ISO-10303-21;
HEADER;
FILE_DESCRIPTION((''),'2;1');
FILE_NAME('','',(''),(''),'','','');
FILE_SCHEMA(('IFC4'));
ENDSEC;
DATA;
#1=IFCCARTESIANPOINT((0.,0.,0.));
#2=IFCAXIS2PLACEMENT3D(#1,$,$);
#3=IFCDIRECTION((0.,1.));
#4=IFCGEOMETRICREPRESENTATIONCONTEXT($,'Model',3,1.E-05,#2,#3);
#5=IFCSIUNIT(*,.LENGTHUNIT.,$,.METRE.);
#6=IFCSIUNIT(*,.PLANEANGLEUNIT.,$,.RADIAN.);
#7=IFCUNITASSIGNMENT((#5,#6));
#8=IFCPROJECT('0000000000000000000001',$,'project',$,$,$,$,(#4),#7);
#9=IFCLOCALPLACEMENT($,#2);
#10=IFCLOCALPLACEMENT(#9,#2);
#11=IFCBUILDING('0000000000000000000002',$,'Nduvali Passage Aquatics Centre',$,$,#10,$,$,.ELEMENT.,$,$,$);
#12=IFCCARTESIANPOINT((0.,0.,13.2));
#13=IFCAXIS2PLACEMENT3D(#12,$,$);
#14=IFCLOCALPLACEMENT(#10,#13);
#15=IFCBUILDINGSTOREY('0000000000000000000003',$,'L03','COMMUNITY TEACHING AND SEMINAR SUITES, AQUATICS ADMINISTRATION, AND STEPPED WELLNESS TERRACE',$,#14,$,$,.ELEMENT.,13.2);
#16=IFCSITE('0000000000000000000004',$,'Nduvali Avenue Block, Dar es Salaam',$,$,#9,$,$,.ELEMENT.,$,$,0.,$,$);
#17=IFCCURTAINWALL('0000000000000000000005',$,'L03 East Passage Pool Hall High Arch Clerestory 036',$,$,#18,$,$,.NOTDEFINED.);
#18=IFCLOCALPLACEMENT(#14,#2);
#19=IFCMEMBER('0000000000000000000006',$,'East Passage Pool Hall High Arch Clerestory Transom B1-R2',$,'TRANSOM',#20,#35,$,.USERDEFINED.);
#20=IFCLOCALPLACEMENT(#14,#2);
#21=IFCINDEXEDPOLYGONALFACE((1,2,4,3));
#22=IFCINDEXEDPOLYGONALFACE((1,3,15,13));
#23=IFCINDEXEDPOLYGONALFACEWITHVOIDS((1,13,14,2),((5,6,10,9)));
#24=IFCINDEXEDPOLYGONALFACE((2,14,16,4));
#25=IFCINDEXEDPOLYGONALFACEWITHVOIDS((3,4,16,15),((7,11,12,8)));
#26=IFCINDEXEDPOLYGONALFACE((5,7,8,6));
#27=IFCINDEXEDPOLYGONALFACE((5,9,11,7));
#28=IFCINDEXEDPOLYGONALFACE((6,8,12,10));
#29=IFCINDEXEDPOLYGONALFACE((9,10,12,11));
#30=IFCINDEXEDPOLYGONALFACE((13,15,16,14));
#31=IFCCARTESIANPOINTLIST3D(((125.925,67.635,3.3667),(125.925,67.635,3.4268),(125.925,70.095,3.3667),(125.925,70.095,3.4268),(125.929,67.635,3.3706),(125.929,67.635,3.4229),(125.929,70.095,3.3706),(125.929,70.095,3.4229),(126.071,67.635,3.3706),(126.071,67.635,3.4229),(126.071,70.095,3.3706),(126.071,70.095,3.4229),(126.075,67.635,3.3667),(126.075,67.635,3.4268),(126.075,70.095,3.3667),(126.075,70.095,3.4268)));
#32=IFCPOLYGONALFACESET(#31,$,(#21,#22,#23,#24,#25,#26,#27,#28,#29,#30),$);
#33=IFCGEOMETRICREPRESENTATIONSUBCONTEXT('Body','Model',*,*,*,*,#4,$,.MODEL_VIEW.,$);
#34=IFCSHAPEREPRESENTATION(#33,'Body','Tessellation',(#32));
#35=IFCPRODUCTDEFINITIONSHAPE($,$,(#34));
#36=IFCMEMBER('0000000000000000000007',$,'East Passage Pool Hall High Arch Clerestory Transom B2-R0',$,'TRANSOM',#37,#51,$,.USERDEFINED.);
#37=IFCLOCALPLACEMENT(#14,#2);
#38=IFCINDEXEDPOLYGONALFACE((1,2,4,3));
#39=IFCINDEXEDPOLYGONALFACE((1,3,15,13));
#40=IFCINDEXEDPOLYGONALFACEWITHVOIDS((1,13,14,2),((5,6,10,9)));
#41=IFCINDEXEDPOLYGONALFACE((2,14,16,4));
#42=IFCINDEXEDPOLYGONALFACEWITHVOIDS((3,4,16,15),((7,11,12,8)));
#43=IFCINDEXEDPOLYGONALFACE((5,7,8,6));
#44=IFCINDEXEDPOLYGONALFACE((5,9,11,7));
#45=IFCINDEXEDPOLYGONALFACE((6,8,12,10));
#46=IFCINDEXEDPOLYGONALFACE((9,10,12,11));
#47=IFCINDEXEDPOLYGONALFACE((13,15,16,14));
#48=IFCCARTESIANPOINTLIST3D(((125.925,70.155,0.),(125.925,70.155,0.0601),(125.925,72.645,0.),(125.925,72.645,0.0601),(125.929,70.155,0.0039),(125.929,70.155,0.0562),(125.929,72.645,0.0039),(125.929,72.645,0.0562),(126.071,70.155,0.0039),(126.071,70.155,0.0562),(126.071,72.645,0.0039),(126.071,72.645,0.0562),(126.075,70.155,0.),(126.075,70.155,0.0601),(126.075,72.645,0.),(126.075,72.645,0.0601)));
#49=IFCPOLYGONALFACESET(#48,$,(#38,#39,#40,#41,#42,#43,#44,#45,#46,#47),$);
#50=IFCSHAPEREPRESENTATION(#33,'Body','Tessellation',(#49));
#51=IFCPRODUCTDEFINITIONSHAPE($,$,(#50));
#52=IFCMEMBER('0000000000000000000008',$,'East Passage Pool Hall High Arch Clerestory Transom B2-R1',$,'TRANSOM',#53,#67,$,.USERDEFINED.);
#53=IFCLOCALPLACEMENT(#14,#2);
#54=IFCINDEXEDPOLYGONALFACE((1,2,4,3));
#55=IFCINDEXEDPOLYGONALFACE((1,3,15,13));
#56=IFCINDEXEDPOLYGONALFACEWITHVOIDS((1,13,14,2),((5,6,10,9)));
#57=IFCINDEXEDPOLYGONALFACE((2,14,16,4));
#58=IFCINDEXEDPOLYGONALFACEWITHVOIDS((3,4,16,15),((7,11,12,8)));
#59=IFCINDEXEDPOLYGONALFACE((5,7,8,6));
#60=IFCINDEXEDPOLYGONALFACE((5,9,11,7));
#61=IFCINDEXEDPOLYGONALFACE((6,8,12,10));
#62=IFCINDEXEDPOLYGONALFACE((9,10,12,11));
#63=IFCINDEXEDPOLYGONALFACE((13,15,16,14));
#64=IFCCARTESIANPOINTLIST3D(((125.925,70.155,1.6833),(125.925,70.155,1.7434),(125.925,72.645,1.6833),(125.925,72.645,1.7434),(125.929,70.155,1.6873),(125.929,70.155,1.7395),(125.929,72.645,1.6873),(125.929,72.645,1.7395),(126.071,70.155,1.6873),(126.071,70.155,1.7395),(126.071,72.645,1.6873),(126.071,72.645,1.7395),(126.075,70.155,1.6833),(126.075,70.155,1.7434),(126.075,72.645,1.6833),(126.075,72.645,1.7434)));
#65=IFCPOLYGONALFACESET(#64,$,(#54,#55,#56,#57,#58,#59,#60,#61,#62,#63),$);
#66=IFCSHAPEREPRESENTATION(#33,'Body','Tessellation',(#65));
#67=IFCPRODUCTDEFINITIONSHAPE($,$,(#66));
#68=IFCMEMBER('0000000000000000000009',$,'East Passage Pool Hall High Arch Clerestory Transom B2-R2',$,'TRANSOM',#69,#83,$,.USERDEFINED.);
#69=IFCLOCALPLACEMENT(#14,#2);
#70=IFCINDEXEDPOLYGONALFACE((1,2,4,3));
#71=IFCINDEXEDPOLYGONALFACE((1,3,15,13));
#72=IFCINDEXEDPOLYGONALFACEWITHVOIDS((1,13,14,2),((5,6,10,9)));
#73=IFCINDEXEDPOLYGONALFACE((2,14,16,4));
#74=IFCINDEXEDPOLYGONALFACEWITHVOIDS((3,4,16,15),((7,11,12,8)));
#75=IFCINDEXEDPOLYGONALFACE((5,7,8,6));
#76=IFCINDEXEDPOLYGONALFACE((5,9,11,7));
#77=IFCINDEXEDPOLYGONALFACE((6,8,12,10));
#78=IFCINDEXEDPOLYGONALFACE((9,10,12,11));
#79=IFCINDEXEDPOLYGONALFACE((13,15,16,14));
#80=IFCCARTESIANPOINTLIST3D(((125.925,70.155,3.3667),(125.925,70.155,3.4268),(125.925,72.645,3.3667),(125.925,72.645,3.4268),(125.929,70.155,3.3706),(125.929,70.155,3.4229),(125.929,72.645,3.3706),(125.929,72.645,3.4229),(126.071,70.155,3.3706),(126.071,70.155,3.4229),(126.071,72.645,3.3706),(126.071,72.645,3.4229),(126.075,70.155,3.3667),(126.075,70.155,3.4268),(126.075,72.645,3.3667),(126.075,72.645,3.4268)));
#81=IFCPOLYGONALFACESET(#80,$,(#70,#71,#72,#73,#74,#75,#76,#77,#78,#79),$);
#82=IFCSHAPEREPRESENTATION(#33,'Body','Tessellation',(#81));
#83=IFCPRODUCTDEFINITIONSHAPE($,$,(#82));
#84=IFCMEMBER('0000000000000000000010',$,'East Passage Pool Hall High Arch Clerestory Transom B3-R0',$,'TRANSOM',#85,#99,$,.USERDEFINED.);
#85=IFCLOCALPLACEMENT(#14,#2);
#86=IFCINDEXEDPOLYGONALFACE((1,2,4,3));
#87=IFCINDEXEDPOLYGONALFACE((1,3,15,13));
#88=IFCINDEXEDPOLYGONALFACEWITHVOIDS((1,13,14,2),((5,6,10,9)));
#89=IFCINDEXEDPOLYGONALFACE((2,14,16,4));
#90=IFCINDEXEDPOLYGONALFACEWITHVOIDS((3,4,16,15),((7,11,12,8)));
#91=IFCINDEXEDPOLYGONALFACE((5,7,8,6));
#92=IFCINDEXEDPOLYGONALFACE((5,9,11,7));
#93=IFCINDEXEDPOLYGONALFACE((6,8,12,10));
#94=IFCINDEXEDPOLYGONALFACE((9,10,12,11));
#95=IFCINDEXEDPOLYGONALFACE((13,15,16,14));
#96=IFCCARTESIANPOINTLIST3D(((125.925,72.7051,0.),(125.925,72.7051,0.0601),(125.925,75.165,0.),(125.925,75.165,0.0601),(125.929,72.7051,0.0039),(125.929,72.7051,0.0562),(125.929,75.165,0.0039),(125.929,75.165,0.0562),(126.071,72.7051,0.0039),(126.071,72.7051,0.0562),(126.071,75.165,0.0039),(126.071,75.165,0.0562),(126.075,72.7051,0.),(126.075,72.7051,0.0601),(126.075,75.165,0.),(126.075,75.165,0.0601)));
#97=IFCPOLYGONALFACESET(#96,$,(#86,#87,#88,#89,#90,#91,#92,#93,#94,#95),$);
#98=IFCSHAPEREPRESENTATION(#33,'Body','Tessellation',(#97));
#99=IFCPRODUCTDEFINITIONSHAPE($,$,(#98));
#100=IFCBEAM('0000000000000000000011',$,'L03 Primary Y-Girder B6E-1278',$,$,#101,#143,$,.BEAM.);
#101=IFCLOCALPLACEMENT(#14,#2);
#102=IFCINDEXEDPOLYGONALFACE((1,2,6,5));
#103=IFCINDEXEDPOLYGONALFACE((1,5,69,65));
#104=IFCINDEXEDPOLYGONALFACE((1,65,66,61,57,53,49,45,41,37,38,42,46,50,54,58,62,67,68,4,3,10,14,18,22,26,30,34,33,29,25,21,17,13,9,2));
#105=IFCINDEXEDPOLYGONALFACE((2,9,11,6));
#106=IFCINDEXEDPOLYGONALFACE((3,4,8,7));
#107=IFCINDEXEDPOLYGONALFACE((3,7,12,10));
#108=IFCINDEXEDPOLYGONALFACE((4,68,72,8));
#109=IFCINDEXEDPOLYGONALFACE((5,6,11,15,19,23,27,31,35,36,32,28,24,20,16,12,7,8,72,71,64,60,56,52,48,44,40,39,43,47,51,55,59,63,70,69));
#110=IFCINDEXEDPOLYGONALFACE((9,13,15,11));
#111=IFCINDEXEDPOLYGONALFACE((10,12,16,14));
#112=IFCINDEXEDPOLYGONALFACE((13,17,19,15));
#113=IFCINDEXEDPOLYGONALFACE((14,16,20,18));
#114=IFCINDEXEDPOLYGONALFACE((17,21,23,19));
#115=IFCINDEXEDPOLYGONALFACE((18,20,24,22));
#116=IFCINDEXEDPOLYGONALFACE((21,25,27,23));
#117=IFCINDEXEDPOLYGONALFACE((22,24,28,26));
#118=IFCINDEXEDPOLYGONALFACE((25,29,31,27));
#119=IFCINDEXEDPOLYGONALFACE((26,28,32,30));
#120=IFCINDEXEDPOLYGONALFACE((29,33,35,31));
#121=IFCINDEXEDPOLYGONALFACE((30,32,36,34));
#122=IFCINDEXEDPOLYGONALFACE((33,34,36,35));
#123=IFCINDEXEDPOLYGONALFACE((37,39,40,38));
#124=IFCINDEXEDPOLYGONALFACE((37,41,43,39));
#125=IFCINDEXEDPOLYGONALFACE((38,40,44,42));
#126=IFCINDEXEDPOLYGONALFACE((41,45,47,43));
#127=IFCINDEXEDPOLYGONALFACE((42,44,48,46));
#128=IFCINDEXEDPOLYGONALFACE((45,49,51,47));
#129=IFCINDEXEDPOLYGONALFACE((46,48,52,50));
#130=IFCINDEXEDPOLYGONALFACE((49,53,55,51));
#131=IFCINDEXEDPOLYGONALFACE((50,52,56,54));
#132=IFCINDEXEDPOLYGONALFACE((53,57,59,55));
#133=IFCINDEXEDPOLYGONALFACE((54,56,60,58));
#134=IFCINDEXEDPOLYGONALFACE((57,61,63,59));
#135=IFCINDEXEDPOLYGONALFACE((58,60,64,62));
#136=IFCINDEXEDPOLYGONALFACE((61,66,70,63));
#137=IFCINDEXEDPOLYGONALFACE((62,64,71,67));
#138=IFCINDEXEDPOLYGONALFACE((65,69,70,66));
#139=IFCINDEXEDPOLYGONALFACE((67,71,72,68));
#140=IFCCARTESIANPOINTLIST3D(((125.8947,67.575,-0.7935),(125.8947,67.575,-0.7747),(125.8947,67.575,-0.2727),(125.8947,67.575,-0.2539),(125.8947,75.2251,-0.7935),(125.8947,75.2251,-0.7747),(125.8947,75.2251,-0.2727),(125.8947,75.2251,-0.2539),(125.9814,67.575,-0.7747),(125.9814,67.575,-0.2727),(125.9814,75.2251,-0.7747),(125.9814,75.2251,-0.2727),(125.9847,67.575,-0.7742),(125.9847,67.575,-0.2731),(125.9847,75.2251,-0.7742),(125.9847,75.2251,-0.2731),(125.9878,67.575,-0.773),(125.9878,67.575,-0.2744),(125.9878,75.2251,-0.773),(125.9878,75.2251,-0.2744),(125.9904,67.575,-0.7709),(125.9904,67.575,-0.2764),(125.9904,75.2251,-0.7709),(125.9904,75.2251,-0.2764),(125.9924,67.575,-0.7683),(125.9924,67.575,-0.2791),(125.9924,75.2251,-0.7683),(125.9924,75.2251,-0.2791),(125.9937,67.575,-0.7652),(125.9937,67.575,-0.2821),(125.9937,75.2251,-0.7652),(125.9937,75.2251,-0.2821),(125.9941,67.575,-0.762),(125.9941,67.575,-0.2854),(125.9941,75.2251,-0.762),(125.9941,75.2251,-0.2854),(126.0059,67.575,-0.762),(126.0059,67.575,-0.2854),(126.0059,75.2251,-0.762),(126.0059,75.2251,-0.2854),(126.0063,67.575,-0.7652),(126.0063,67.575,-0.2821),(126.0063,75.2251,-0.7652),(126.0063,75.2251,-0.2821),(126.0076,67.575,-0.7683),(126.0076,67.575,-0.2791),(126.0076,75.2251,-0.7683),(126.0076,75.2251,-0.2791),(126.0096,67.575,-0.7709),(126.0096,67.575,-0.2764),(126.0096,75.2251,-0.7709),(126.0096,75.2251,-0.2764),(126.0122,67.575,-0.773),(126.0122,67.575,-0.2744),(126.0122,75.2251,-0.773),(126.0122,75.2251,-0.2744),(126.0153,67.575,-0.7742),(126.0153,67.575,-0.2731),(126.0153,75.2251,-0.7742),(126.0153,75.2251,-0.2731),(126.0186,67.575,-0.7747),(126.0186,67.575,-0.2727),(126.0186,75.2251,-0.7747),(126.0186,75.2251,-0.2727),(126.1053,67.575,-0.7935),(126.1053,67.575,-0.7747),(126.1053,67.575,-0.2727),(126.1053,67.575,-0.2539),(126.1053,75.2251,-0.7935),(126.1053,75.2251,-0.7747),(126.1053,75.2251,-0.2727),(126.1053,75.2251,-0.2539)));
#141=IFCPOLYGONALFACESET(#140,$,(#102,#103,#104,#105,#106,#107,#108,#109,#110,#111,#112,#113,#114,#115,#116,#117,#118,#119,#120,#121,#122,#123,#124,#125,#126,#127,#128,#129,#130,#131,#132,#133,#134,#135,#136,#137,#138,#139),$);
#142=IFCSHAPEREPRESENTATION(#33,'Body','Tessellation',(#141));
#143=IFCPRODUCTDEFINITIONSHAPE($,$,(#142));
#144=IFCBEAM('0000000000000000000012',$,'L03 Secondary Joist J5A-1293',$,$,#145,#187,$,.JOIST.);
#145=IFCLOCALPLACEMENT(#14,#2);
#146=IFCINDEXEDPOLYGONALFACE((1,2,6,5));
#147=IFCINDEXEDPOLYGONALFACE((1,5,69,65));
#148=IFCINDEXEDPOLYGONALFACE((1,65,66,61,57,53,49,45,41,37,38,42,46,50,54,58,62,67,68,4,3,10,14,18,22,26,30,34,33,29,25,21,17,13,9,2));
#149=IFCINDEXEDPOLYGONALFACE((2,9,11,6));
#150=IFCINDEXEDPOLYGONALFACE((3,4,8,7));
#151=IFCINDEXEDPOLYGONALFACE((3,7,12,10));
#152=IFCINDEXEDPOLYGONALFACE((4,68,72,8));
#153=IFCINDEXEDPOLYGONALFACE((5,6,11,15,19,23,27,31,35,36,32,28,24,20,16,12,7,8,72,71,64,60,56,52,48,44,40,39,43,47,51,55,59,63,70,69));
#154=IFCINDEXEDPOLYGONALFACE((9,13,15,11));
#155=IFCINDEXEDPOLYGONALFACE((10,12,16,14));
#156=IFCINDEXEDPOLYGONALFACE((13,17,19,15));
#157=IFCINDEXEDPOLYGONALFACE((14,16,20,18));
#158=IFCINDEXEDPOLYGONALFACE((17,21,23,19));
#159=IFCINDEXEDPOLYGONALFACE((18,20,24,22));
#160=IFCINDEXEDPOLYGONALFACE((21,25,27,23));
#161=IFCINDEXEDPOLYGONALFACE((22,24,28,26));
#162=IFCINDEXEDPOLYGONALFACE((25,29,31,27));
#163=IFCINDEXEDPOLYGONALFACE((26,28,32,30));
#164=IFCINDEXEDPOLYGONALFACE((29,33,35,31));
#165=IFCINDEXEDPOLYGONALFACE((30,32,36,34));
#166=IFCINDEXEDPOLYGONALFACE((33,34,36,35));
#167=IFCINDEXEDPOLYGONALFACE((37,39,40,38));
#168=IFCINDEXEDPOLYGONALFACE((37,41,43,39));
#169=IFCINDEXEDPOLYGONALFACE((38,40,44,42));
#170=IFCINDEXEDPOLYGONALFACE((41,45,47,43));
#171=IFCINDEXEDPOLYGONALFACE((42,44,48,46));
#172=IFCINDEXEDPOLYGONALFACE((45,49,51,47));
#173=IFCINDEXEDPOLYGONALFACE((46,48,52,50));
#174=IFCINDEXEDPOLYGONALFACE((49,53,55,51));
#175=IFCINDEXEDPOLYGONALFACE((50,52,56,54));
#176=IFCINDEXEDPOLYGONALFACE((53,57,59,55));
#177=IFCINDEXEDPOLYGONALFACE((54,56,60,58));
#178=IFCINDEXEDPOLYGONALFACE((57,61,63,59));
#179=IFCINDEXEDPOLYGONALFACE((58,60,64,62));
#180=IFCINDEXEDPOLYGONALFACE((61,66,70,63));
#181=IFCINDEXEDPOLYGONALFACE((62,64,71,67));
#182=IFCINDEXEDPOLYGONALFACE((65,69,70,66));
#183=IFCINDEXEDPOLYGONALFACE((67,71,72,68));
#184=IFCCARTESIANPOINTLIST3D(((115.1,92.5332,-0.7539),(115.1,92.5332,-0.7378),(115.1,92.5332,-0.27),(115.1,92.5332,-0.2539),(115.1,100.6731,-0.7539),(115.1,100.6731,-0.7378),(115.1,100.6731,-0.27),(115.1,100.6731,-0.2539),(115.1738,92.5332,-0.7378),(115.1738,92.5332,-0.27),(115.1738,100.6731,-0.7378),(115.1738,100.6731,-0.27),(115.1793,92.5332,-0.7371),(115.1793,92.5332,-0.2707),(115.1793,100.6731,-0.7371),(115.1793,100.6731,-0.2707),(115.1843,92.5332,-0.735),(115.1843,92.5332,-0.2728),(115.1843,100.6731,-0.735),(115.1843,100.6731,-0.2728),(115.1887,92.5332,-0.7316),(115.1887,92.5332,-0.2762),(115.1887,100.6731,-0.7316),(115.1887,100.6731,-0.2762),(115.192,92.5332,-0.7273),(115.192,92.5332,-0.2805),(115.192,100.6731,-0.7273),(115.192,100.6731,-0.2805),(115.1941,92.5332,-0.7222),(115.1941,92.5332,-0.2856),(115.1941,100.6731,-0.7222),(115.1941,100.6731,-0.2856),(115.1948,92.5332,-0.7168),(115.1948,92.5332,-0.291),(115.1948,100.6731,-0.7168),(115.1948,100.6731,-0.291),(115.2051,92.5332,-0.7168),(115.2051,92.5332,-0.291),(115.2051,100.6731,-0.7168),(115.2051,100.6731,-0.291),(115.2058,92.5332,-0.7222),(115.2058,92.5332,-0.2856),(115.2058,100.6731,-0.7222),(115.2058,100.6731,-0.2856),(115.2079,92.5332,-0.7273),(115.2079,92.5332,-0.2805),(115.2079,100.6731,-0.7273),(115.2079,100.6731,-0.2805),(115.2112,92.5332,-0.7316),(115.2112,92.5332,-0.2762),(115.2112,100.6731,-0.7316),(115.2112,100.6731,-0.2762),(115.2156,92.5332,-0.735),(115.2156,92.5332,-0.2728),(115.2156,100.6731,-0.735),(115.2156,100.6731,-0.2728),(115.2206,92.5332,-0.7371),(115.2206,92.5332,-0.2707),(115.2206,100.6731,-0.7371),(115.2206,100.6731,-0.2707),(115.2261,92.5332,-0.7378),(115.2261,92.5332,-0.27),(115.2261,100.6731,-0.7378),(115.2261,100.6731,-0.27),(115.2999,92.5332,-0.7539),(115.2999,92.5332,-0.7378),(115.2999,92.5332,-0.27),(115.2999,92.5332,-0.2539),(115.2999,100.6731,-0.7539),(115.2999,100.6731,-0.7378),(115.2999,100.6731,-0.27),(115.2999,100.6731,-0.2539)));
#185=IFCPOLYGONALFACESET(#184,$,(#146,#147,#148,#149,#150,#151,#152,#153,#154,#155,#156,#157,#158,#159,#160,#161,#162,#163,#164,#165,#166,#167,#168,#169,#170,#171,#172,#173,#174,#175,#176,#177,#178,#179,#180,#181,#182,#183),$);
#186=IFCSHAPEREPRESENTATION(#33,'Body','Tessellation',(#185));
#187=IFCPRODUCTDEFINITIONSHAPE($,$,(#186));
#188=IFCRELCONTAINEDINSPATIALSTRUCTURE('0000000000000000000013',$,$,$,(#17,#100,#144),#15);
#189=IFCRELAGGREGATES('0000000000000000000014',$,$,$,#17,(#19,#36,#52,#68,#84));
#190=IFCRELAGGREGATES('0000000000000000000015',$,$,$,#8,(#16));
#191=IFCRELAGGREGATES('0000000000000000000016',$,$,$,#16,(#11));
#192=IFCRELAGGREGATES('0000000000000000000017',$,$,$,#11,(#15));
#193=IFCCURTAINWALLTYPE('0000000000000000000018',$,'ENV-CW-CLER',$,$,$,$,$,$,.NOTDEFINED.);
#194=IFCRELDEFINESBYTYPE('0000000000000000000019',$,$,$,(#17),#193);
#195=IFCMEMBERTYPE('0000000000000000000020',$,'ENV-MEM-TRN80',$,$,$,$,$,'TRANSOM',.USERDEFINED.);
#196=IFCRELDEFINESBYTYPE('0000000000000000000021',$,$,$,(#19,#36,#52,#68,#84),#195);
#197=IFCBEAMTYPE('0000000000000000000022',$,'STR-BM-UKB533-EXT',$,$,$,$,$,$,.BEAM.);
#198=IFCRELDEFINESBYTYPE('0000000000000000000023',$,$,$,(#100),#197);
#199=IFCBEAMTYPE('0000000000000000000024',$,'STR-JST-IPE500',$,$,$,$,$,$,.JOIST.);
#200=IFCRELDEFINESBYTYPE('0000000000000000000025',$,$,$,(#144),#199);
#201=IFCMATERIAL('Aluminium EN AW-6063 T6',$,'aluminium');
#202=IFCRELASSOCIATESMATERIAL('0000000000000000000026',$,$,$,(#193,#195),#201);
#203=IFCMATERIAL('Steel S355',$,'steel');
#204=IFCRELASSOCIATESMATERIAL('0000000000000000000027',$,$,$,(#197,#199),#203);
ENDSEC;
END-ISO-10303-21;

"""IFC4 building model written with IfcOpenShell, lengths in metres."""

from ifc_helpers import new_model, si_unit, direction, frame, origin, origin_2d, place, context, subcontext, project, spatial, hollow_rectangle, i_section, extrude, material, material_profile, profile_set, type_object, element, aggregate, save


model = new_model("IFC4")

# Units and contexts
model_context = context("Model", 3, precision=1e-05, world=origin(), true_north=direction((0.0, 1.0)))
body_context = subcontext(model_context, "Body", "Model", "MODEL_VIEW")
ifc_project = project(units=[si_unit("LENGTHUNIT", "METRE"), si_unit("PLANEANGLEUNIT", "RADIAN")], contexts=[model_context])

# Site, building, storey
site_placement = place(None, origin())
site = spatial("IfcSite", under=ifc_project, at=site_placement, Name="Nduvali Avenue Block, Dar es Salaam", CompositionType="ELEMENT", RefElevation=0.0)
building_placement = place(site_placement, origin())
building = spatial("IfcBuilding", under=site, at=building_placement, Name="Nduvali Passage Aquatics Centre", CompositionType="ELEMENT")
storey_placement = place(building_placement, frame((0.0, 0.0, 13.2)))
storey = spatial("IfcBuildingStorey", under=building, at=storey_placement, Name="L03", Description="COMMUNITY TEACHING AND SEMINAR SUITES, AQUATICS ADMINISTRATION, AND STEPPED WELLNESS TERRACE", CompositionType="ELEMENT", Elevation=13.2)

# Curtain wall
ifc_material_1 = material(Name="Aluminium EN AW-6063 T6", Category="aluminium")
curtain_wall_type = type_object("IfcCurtainWallType", Name="ENV-CW-CLER", PredefinedType="NOTDEFINED", material=ifc_material_1)
curtain_wall_1_placement = place(storey_placement, origin())
curtain_wall_1 = element("IfcCurtainWall", 1, at=curtain_wall_1_placement, inside=storey, type_object=curtain_wall_type, Name="L03 East Passage Pool Hall High Arch Clerestory 036", PredefinedType="NOTDEFINED")

# Members
ifc_material_profile_1 = material_profile(ifc_material_1, hollow_rectangle(XDim=0.1499, YDim=0.0601, WallThickness=0.0039, at=origin_2d()), Name="ALU TRANSOM 150x60x4")
ifc_profile_set_1 = profile_set([ifc_material_profile_1], Name="Aluminium EN AW-6063 T6")
member_type_1 = type_object("IfcMemberType", Name="ENV-MEM-TRN80", ElementType="TRANSOM", PredefinedType="USERDEFINED", material=ifc_profile_set_1)
member_1_placement = place(storey_placement, frame((126.0, 67.635, 3.3967), z_axis=(0.0, 1.0, 0.0), x_axis=(-1.0, 0.0, 0.0)))
member_1 = element("IfcMember", 2, at=member_1_placement, type_object=member_type_1, Name="East Passage Pool Hall High Arch Clerestory Transom B1-R2", ObjectType="TRANSOM", PredefinedType="USERDEFINED", context=body_context, shape_type="SweptSolid", body=[
    extrude(hollow_rectangle(XDim=0.1499, YDim=0.0601, WallThickness=0.0039, at=origin_2d()), origin(), (0.0, 0.0, 1.0), 2.46),
])
member_2_placement = place(storey_placement, frame((126.0, 70.155, 0.03), z_axis=(0.0, 1.0, 0.0), x_axis=(-1.0, 0.0, 0.0)))
member_2 = element("IfcMember", 3, at=member_2_placement, type_object=member_type_1, Name="East Passage Pool Hall High Arch Clerestory Transom B2-R0", ObjectType="TRANSOM", PredefinedType="USERDEFINED", context=body_context, shape_type="SweptSolid", body=[
    extrude(hollow_rectangle(XDim=0.1499, YDim=0.0601, WallThickness=0.0039, at=origin_2d()), origin(), (0.0, 0.0, 1.0), 2.49),
])
member_3_placement = place(storey_placement, frame((126.0, 70.155, 1.7134), z_axis=(0.0, 1.0, 0.0), x_axis=(-1.0, 0.0, 0.0)))
member_3 = element("IfcMember", 4, at=member_3_placement, type_object=member_type_1, Name="East Passage Pool Hall High Arch Clerestory Transom B2-R1", ObjectType="TRANSOM", PredefinedType="USERDEFINED", context=body_context, shape_type="SweptSolid", body=[
    extrude(hollow_rectangle(XDim=0.1499, YDim=0.0601, WallThickness=0.0039, at=origin_2d()), origin(), (0.0, 0.0, 1.0), 2.49),
])
member_4_placement = place(storey_placement, frame((126.0, 70.155, 3.3967), z_axis=(0.0, 1.0, 0.0), x_axis=(-1.0, 0.0, 0.0)))
member_4 = element("IfcMember", 5, at=member_4_placement, type_object=member_type_1, Name="East Passage Pool Hall High Arch Clerestory Transom B2-R2", ObjectType="TRANSOM", PredefinedType="USERDEFINED", context=body_context, shape_type="SweptSolid", body=[
    extrude(hollow_rectangle(XDim=0.1499, YDim=0.0601, WallThickness=0.0039, at=origin_2d()), origin(), (0.0, 0.0, 1.0), 2.49),
])
member_5_placement = place(storey_placement, frame((126.0, 72.7051, 0.03), z_axis=(0.0, 1.0, 0.0), x_axis=(-1.0, 0.0, 0.0)))
member_5 = element("IfcMember", 6, at=member_5_placement, type_object=member_type_1, Name="East Passage Pool Hall High Arch Clerestory Transom B3-R0", ObjectType="TRANSOM", PredefinedType="USERDEFINED", context=body_context, shape_type="SweptSolid", body=[
    extrude(hollow_rectangle(XDim=0.1499, YDim=0.0601, WallThickness=0.0039, at=origin_2d()), origin(), (0.0, 0.0, 1.0), 2.46),
])

# Beams
ifc_material_2 = material(Name="Steel S355", Category="steel")
ifc_material_profile_2 = material_profile(ifc_material_2, i_section(OverallWidth=0.2107, OverallDepth=0.5396, WebThickness=0.0117, FlangeThickness=0.0188, FilletRadius=0.0127, at=origin_2d()), Name="UKB 533x210x109")
ifc_profile_set_2 = profile_set([ifc_material_profile_2], Name="Steel S355")
beam_type_1 = type_object("IfcBeamType", Name="STR-BM-UKB533-EXT", PredefinedType="BEAM", material=ifc_profile_set_2)
beam_placement = place(storey_placement, frame((126.0, 67.575, -0.5237), z_axis=(0.0, 1.0, 0.0), x_axis=(-1.0, 0.0, 0.0)))
element("IfcBeam", 7, at=beam_placement, inside=storey, type_object=beam_type_1, Name="L03 Primary Y-Girder B6E-1278", PredefinedType="BEAM", context=body_context, shape_type="SweptSolid", body=[
    extrude(i_section(OverallWidth=0.2107, OverallDepth=0.5396, WebThickness=0.0117, FlangeThickness=0.0188, FilletRadius=0.0127, at=origin_2d()), origin(), (0.0, 0.0, 1.0), 7.6501),
])
ifc_material_profile_3 = material_profile(ifc_material_2, i_section(OverallWidth=0.2, OverallDepth=0.5, WebThickness=0.0103, FlangeThickness=0.0161, FilletRadius=0.021, at=origin_2d()), Name="IPE 500")
ifc_profile_set_3 = profile_set([ifc_material_profile_3], Name="Steel S355")
beam_type_2 = type_object("IfcBeamType", Name="STR-JST-IPE500", PredefinedType="JOIST", material=ifc_profile_set_3)
for number, where, z_axis, x_axis, name in (
    (8, (115.2, 92.5332, -0.5039), (0.0, 1.0, 0.0), (-1.0, 0.0, 0.0), "L03 Secondary Joist J5A-1293"),
):
    element("IfcBeam", number, at=place(storey_placement, frame(where, z_axis=z_axis, x_axis=x_axis)), inside=storey, type_object=beam_type_2, Name=name, PredefinedType="JOIST", context=body_context, shape_type="SweptSolid", body=[
        extrude(i_section(OverallWidth=0.2, OverallDepth=0.5, WebThickness=0.0103, FlangeThickness=0.0161, FilletRadius=0.021, at=origin_2d()), origin(), (0.0, 0.0, 1.0), 8.1399),
    ])

aggregate(curtain_wall_1, [member_1, member_2, member_3, member_4, member_5])

save(model, "model.ifc")
